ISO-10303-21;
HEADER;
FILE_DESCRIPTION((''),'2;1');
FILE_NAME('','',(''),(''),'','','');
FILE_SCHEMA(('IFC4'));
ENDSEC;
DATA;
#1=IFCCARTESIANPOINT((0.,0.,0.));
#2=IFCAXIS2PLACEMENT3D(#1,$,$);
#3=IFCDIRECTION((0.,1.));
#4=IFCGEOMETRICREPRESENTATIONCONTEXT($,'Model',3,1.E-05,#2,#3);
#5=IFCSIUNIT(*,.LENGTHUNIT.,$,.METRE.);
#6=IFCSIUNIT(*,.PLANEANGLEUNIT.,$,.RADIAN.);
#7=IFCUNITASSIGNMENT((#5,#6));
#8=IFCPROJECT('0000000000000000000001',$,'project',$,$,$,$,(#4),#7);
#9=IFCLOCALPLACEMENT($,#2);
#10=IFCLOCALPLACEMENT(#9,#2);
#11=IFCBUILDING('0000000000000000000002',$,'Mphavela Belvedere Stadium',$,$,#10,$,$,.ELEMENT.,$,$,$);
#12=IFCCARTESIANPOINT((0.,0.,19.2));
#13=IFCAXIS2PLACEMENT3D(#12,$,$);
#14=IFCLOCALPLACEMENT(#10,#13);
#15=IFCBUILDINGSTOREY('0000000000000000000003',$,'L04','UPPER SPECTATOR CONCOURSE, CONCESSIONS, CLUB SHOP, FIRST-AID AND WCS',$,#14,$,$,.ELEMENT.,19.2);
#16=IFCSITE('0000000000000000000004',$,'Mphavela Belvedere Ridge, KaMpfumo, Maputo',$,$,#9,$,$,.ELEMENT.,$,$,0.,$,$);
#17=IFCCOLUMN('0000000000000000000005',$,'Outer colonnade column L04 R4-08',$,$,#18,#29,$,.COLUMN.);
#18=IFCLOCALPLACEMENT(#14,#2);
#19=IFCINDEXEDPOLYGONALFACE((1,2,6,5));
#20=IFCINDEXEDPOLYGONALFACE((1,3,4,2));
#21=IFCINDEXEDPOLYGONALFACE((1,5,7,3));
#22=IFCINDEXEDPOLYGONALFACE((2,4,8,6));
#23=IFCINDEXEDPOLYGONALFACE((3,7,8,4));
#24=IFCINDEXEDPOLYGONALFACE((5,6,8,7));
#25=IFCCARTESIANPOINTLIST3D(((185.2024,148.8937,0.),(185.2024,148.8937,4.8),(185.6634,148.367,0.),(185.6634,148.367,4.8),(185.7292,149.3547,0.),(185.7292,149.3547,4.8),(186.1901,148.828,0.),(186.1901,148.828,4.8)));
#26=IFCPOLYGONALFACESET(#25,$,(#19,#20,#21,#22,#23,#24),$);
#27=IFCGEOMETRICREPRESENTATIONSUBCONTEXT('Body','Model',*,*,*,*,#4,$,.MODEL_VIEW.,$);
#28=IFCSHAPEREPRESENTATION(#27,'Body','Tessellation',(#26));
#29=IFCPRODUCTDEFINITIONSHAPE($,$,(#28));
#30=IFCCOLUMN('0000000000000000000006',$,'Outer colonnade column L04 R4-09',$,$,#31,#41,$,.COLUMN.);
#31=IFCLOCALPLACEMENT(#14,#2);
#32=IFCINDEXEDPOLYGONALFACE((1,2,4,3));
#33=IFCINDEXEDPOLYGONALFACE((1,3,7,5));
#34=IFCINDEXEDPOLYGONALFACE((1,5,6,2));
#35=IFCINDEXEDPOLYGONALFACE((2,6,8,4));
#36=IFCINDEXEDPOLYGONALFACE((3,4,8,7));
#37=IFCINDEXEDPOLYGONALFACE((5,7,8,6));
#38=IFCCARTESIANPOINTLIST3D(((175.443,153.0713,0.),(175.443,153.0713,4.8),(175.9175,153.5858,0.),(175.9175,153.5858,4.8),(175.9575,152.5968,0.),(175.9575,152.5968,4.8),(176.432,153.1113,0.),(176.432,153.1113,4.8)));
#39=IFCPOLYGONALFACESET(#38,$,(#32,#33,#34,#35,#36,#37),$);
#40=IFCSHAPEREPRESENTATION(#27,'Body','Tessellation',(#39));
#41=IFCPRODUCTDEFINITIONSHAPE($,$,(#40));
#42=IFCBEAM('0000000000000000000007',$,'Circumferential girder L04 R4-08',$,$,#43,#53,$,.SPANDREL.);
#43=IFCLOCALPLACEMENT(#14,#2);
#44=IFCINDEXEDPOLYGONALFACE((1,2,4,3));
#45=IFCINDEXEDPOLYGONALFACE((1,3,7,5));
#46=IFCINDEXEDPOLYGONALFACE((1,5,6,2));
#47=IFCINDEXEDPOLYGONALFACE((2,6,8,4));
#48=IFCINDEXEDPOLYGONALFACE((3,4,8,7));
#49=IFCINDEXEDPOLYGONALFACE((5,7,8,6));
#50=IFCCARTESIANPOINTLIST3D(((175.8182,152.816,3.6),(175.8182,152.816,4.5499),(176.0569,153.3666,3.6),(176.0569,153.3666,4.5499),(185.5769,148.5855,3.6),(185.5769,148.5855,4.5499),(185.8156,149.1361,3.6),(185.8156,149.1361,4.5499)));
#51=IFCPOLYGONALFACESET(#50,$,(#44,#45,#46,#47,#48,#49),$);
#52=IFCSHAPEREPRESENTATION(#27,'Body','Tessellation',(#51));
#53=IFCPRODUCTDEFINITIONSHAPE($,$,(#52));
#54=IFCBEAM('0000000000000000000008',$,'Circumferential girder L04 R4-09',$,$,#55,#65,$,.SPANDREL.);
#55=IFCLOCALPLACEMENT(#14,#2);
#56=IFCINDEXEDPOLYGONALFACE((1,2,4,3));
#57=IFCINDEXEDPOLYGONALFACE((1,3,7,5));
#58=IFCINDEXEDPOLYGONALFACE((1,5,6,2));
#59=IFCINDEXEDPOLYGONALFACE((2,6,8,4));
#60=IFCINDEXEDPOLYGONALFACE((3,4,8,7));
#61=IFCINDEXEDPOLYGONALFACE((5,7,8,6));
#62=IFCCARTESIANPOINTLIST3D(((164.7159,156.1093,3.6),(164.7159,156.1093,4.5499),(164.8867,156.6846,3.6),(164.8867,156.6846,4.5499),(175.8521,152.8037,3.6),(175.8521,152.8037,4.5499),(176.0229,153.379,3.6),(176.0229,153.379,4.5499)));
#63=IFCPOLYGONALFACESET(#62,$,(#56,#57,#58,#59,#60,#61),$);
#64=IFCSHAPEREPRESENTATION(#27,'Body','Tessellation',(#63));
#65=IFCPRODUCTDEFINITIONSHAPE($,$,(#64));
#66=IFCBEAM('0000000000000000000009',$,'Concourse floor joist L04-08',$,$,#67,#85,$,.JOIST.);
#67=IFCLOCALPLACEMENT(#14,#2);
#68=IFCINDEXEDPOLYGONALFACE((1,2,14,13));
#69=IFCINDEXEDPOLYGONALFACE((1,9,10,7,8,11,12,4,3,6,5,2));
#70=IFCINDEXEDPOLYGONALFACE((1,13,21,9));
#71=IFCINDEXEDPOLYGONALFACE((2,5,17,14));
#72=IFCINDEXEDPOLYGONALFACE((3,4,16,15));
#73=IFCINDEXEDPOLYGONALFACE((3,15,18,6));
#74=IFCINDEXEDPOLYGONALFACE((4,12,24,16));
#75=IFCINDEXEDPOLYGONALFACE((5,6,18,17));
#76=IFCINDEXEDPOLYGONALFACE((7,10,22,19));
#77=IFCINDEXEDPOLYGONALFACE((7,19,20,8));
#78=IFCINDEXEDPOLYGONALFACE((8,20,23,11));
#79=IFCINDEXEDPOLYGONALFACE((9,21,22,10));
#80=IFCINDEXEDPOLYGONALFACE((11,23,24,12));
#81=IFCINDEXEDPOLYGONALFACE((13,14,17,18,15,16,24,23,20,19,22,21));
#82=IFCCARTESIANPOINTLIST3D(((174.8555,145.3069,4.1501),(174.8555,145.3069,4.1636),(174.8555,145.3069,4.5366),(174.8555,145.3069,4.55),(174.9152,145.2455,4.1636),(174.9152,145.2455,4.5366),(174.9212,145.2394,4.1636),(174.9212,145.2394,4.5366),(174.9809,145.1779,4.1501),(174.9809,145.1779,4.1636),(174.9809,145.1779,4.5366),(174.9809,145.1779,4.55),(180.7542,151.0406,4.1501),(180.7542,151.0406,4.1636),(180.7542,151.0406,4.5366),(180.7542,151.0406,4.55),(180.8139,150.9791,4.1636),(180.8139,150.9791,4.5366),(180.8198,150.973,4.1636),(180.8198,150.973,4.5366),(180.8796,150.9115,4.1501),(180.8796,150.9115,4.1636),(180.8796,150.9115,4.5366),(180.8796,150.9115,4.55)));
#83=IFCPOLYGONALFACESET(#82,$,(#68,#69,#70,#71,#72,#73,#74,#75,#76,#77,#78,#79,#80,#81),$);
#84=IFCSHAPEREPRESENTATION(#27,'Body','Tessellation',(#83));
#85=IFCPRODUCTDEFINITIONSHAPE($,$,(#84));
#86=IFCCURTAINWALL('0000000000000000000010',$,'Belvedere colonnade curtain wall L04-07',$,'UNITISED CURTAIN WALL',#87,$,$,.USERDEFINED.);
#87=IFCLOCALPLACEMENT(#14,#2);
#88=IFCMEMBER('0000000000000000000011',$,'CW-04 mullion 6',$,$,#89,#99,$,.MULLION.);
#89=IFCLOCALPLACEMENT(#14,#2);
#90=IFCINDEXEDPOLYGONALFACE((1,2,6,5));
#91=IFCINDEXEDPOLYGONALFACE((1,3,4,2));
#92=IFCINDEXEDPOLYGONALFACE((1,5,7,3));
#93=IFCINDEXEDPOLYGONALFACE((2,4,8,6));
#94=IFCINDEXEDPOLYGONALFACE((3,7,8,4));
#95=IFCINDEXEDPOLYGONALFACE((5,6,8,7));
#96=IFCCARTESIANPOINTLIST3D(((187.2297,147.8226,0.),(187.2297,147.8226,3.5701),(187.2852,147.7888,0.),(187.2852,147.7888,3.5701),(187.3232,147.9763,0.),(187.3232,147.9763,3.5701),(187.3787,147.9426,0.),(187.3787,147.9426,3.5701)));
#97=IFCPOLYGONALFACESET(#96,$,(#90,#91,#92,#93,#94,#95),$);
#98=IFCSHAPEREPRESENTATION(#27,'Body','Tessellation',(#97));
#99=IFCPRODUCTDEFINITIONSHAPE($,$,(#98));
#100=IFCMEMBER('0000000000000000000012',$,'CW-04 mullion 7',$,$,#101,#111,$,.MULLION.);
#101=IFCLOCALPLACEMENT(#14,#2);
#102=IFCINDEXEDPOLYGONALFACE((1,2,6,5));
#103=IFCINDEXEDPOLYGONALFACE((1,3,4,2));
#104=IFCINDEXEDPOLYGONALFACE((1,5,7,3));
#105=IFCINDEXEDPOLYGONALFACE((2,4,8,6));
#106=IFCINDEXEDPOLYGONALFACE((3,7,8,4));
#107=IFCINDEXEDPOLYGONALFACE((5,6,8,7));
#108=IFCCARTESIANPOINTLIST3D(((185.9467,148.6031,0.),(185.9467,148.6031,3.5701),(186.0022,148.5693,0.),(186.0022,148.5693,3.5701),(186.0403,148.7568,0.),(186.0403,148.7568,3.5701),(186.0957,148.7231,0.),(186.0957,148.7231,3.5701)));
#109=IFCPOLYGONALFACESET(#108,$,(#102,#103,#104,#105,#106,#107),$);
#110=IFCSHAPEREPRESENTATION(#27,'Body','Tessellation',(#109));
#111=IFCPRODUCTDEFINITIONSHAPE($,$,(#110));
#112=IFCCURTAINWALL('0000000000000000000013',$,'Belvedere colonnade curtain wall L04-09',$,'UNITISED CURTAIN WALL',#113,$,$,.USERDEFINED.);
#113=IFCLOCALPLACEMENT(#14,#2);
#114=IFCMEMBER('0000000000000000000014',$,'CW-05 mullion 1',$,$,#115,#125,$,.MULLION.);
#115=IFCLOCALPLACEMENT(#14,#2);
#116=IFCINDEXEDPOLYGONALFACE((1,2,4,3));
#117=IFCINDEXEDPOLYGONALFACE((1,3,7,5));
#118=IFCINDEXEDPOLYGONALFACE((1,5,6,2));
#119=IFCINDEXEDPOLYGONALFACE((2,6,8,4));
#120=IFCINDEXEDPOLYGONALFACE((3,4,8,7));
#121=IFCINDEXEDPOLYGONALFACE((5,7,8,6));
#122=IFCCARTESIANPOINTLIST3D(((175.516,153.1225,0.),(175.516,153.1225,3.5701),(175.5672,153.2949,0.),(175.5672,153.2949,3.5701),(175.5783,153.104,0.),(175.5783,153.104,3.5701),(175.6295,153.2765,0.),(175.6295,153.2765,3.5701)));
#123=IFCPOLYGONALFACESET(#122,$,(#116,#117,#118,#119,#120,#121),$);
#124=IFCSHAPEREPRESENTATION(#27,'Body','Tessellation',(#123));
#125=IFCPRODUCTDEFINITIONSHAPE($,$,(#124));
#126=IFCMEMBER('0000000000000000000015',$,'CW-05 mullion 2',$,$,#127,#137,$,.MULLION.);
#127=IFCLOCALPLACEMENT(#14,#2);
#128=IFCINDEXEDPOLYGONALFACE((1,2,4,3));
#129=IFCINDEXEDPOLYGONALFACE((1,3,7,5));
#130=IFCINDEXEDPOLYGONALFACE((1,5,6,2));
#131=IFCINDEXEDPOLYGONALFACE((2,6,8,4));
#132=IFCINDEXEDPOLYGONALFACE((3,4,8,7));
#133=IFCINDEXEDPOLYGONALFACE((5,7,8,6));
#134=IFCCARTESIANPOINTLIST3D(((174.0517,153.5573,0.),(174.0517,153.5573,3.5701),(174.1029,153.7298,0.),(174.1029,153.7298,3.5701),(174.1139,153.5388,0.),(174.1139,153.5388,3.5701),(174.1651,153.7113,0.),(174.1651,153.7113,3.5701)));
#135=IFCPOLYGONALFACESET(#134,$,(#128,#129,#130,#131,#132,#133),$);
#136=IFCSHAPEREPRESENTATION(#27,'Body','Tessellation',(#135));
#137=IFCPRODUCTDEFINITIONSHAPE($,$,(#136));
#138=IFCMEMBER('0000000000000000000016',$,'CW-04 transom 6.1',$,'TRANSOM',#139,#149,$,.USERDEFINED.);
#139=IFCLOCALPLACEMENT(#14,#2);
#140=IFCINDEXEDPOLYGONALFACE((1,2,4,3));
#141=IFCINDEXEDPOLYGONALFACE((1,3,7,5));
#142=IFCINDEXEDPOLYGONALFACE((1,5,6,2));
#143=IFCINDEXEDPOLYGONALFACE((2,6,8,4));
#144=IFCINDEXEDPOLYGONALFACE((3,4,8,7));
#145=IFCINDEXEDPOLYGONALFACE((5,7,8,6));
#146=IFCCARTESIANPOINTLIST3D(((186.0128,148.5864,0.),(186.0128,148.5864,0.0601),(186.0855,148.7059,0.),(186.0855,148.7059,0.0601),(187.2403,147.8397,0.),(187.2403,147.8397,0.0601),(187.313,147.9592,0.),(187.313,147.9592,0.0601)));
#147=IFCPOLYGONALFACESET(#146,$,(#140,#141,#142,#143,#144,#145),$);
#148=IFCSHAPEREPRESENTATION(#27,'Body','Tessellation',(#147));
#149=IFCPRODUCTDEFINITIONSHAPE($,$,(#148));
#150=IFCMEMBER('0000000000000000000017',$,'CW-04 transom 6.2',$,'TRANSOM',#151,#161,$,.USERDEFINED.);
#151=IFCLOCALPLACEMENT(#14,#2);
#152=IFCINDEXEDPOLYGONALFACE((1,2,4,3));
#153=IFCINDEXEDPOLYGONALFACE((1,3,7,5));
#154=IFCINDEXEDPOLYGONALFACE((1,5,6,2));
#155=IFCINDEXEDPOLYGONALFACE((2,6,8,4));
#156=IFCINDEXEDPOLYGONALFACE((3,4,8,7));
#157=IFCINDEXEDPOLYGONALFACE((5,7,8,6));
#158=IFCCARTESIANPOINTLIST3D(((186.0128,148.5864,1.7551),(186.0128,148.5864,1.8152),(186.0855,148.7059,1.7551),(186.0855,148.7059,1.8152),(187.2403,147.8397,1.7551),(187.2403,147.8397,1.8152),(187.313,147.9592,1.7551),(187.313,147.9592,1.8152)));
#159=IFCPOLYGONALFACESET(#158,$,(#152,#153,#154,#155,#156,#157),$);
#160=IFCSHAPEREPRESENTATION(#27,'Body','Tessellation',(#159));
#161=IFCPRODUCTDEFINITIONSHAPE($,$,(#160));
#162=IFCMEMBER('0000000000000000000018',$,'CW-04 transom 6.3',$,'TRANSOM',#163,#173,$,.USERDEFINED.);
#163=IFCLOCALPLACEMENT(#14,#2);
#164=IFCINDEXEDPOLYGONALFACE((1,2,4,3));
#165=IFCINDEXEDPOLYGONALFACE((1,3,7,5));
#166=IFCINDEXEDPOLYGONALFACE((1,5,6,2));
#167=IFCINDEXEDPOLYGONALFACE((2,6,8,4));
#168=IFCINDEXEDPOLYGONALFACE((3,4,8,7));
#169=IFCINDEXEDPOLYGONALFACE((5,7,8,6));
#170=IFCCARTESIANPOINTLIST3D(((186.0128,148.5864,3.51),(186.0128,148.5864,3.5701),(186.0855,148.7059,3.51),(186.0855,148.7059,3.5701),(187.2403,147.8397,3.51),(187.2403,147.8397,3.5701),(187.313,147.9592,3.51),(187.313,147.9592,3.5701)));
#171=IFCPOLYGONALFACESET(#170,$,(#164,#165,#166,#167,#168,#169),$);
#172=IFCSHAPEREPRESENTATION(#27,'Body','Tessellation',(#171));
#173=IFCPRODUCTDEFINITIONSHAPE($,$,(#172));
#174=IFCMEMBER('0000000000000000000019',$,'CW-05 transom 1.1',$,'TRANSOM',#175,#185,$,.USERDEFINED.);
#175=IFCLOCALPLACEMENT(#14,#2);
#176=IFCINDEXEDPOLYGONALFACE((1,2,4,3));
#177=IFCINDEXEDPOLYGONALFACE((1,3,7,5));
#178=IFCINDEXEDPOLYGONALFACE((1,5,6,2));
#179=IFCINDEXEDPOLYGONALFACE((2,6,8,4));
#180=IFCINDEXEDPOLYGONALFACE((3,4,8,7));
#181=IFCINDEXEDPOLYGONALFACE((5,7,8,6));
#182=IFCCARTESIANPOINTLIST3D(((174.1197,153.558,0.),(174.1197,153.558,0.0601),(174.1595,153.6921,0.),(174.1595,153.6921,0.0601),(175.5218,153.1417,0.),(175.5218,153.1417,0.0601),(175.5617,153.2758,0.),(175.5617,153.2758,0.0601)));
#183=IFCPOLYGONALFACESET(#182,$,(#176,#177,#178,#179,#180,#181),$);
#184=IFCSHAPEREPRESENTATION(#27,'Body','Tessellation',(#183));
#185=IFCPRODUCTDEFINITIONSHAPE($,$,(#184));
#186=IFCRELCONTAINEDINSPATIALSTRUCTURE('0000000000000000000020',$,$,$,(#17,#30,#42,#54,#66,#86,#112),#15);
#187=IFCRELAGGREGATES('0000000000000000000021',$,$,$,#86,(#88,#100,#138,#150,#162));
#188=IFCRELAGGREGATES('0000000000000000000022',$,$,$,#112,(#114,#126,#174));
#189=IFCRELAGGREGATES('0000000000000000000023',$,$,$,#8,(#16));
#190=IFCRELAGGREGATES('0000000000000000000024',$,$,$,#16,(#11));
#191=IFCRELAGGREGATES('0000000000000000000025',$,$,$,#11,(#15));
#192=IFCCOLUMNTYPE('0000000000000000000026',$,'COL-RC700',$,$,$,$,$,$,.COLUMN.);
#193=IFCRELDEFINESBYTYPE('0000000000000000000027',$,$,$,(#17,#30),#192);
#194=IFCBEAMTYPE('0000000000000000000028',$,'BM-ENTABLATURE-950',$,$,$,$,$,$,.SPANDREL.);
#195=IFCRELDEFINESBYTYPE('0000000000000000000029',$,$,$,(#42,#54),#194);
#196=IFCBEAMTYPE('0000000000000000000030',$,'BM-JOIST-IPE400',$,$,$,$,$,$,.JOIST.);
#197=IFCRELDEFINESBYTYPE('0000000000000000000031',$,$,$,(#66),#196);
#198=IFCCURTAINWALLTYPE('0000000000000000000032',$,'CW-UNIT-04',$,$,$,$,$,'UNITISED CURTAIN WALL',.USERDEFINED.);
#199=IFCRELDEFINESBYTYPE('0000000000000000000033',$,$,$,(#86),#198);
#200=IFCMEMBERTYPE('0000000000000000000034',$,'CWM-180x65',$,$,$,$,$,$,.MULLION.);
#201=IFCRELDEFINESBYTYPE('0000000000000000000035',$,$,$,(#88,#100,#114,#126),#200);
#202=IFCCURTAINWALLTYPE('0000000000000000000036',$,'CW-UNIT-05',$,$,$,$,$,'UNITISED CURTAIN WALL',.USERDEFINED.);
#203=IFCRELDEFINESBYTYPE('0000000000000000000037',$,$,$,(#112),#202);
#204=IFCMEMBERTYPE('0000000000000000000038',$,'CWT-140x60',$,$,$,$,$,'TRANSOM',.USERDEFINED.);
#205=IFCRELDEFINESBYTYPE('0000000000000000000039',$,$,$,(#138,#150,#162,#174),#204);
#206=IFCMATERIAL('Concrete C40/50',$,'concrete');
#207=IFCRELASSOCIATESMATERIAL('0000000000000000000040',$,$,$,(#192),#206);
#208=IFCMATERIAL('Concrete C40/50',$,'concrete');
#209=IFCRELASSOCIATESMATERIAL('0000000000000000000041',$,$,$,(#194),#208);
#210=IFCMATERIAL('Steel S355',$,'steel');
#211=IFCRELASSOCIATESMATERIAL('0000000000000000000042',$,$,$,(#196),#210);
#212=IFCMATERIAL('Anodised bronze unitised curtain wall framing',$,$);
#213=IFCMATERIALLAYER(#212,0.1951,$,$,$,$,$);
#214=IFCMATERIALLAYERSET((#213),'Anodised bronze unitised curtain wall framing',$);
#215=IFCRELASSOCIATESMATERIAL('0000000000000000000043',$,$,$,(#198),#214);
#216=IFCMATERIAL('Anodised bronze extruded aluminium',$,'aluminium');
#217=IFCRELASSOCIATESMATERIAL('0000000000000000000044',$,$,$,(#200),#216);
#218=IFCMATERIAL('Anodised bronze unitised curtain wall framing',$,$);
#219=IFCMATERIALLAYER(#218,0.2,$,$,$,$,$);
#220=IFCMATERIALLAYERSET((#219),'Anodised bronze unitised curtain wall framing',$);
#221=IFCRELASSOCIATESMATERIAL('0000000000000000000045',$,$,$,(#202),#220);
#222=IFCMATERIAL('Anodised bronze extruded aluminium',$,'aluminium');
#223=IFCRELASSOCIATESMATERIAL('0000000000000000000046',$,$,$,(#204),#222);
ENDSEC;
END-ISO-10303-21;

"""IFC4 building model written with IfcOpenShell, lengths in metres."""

from ifc_helpers import new_model, si_unit, direction, frame, origin, origin_2d, place, context, subcontext, project, spatial, rectangle, i_section, extrude, material, layer, layer_set, material_profile, profile_set, type_object, element, aggregate, save


model = new_model("IFC4")

# Units and contexts
model_context = context("Model", 3, precision=1e-05, world=origin(), true_north=direction((0.0, 1.0)))
body_context = subcontext(model_context, "Body", "Model", "MODEL_VIEW")
ifc_project = project(units=[si_unit("LENGTHUNIT", "METRE"), si_unit("PLANEANGLEUNIT", "RADIAN")], contexts=[model_context])

# Site, building, storey
site_placement = place(None, origin())
site = spatial("IfcSite", under=ifc_project, at=site_placement, Name="Mphavela Belvedere Ridge, KaMpfumo, Maputo", CompositionType="ELEMENT", RefElevation=0.0)
building_placement = place(site_placement, origin())
building = spatial("IfcBuilding", under=site, at=building_placement, Name="Mphavela Belvedere Stadium", CompositionType="ELEMENT")
storey_placement = place(building_placement, frame((0.0, 0.0, 19.2)))
storey = spatial("IfcBuildingStorey", under=building, at=storey_placement, Name="L04", Description="UPPER SPECTATOR CONCOURSE, CONCESSIONS, CLUB SHOP, FIRST-AID AND WCS", CompositionType="ELEMENT", Elevation=19.2)

# Columns
ifc_material_1 = material(Name="Concrete C40/50", Category="concrete")
ifc_material_profile_1 = material_profile(ifc_material_1, rectangle(XDim=0.7, YDim=0.7, at=origin_2d()), Name="RC 700x700")
ifc_profile_set_1 = profile_set([ifc_material_profile_1], Name="Concrete C40/50")
column_type = type_object("IfcColumnType", Name="COL-RC700", PredefinedType="COLUMN", material=ifc_profile_set_1)
for number, where, z_axis, x_axis, name in (
    (1, (185.6963, 148.8608, 0.0), (0.0, 0.0, 1.0), (0.75253, 0.658558, 0.0), "Outer colonnade column L04 R4-08"),
    (2, (175.9375, 153.0913, 0.0), (0.0, 0.0, 1.0), (0.677903, 0.735151, 0.0), "Outer colonnade column L04 R4-09"),
):
    element("IfcColumn", number, at=place(storey_placement, frame(where, z_axis=z_axis, x_axis=x_axis)), inside=storey, type_object=column_type, Name=name, PredefinedType="COLUMN", context=body_context, shape_type="SweptSolid", body=[
        extrude(rectangle(XDim=0.7, YDim=0.7, at=origin_2d()), origin(), (0.0, 0.0, 1.0), 4.8),
    ])

# Beams
ifc_material_2 = material(Name="Concrete C40/50", Category="concrete")
ifc_material_profile_2 = material_profile(ifc_material_2, rectangle(XDim=0.6001, YDim=0.95, at=origin_2d()), Name="RC 600x950")
ifc_profile_set_2 = profile_set([ifc_material_profile_2], Name="Concrete C40/50")
beam_type_1 = type_object("IfcBeamType", Name="BM-ENTABLATURE-950", PredefinedType="SPANDREL", material=ifc_profile_set_2)
beam_1_placement = place(storey_placement, frame((185.6963, 148.8608, 4.075), z_axis=(-0.917499, 0.397739, 0.0), x_axis=(-0.397739, -0.917499, 0.0)))
element("IfcBeam", 3, at=beam_1_placement, inside=storey, type_object=beam_type_1, Name="Circumferential girder L04 R4-08", PredefinedType="SPANDREL", context=body_context, shape_type="SweptSolid", body=[
    extrude(rectangle(XDim=0.6001, YDim=0.95, at=origin_2d()), origin(), (0.0, 0.0, 1.0), 10.6362),
])
beam_2_placement = place(storey_placement, frame((175.9375, 153.0913, 4.075), z_axis=(-0.958656, 0.284566, 0.0), x_axis=(-0.284566, -0.958656, 0.0)))
element("IfcBeam", 4, at=beam_2_placement, inside=storey, type_object=beam_type_1, Name="Circumferential girder L04 R4-09", PredefinedType="SPANDREL", context=body_context, shape_type="SweptSolid", body=[
    extrude(rectangle(XDim=0.6001, YDim=0.95, at=origin_2d()), origin(), (0.0, 0.0, 1.0), 11.6165),
])
ifc_material_3 = material(Name="Steel S355", Category="steel")
ifc_material_profile_3 = material_profile(ifc_material_3, i_section(OverallWidth=0.1799, OverallDepth=0.3999, WebThickness=0.0085, FlangeThickness=0.0134, at=origin_2d()), Name="IPE 400")
ifc_profile_set_3 = profile_set([ifc_material_profile_3], Name="Steel S355")
beam_type_2 = type_object("IfcBeamType", Name="BM-JOIST-IPE400", PredefinedType="JOIST", material=ifc_profile_set_3)
beam_3_placement = place(storey_placement, frame((174.9182, 145.2424, 4.3501), z_axis=(0.717067, 0.697004, 0.0), x_axis=(-0.697004, 0.717067, 0.0)))
element("IfcBeam", 5, at=beam_3_placement, inside=storey, type_object=beam_type_2, Name="Concourse floor joist L04-08", PredefinedType="JOIST", context=body_context, shape_type="SweptSolid", body=[
    extrude(i_section(OverallWidth=0.1799, OverallDepth=0.3999, WebThickness=0.0085, FlangeThickness=0.0134, at=origin_2d()), origin(), (0.0, 0.0, 1.0), 8.2261),
])

# Curtain walls, members
ifc_material_4 = material(Name="Anodised bronze unitised curtain wall framing")
ifc_layer_1 = layer(ifc_material_4, 0.1951)
ifc_layer_set_1 = layer_set([ifc_layer_1], Name="Anodised bronze unitised curtain wall framing")
curtain_wall_type_1 = type_object("IfcCurtainWallType", Name="CW-UNIT-04", ElementType="UNITISED CURTAIN WALL", PredefinedType="USERDEFINED", material=ifc_layer_set_1)
curtain_wall_1_placement = place(storey_placement, origin())
curtain_wall_1 = element("IfcCurtainWall", 6, at=curtain_wall_1_placement, inside=storey, type_object=curtain_wall_type_1, Name="Belvedere colonnade curtain wall L04-07", ObjectType="UNITISED CURTAIN WALL", PredefinedType="USERDEFINED")
ifc_material_5 = material(Name="Anodised bronze extruded aluminium", Category="aluminium")
ifc_material_profile_4 = material_profile(ifc_material_5, rectangle(XDim=0.1799, YDim=0.0649, at=origin_2d()), Name="CW-MUL 180x65")
ifc_profile_set_4 = profile_set([ifc_material_profile_4], Name="Anodised bronze extruded aluminium")
member_type_1 = type_object("IfcMemberType", Name="CWM-180x65", PredefinedType="MULLION", material=ifc_profile_set_4)
member_1_placement = place(storey_placement, frame((187.3042, 147.8826, 0.0), z_axis=(0.0, 0.0, 1.0), x_axis=(-0.519735, -0.854327, 0.0)))
member_1 = element("IfcMember", 7, at=member_1_placement, type_object=member_type_1, Name="CW-04 mullion 6", PredefinedType="MULLION", context=body_context, shape_type="SweptSolid", body=[
    extrude(rectangle(XDim=0.1799, YDim=0.0649, at=origin_2d()), origin(), (0.0, 0.0, 1.0), 3.5701),
])
member_2_placement = place(storey_placement, frame((186.0212, 148.6631, 0.0), z_axis=(0.0, 0.0, 1.0), x_axis=(-0.519735, -0.854327, 0.0)))
member_2 = element("IfcMember", 8, at=member_2_placement, type_object=member_type_1, Name="CW-04 mullion 7", PredefinedType="MULLION", context=body_context, shape_type="SweptSolid", body=[
    extrude(rectangle(XDim=0.1799, YDim=0.0649, at=origin_2d()), origin(), (0.0, 0.0, 1.0), 3.5701),
])
ifc_material_6 = material(Name="Anodised bronze unitised curtain wall framing")
ifc_layer_2 = layer(ifc_material_6, 0.2)
ifc_layer_set_2 = layer_set([ifc_layer_2], Name="Anodised bronze unitised curtain wall framing")
curtain_wall_type_2 = type_object("IfcCurtainWallType", Name="CW-UNIT-05", ElementType="UNITISED CURTAIN WALL", PredefinedType="USERDEFINED", material=ifc_layer_set_2)
curtain_wall_2_placement = place(storey_placement, origin())
curtain_wall_2 = element("IfcCurtainWall", 9, at=curtain_wall_2_placement, inside=storey, type_object=curtain_wall_type_2, Name="Belvedere colonnade curtain wall L04-09", ObjectType="UNITISED CURTAIN WALL", PredefinedType="USERDEFINED")
member_3_placement = place(storey_placement, frame((175.5728, 153.1995, 0.0), z_axis=(0.0, 0.0, 1.0), x_axis=(-0.284561, -0.958658, 0.0)))
member_3 = element("IfcMember", 10, at=member_3_placement, type_object=member_type_1, Name="CW-05 mullion 1", PredefinedType="MULLION", context=body_context, shape_type="SweptSolid", body=[
    extrude(rectangle(XDim=0.1799, YDim=0.0649, at=origin_2d()), origin(), (0.0, 0.0, 1.0), 3.5701),
])
member_4_placement = place(storey_placement, frame((174.1084, 153.6343, 0.0), z_axis=(0.0, 0.0, 1.0), x_axis=(-0.284561, -0.958658, 0.0)))
member_4 = element("IfcMember", 11, at=member_4_placement, type_object=member_type_1, Name="CW-05 mullion 2", PredefinedType="MULLION", context=body_context, shape_type="SweptSolid", body=[
    extrude(rectangle(XDim=0.1799, YDim=0.0649, at=origin_2d()), origin(), (0.0, 0.0, 1.0), 3.5701),
])

# Members
ifc_material_7 = material(Name="Anodised bronze extruded aluminium", Category="aluminium")
ifc_material_profile_5 = material_profile(ifc_material_7, rectangle(XDim=0.1399, YDim=0.0601, at=origin_2d()), Name="CW-TRN 140x60")
ifc_profile_set_5 = profile_set([ifc_material_profile_5], Name="Anodised bronze extruded aluminium")
member_type_2 = type_object("IfcMemberType", Name="CWT-140x60", ElementType="TRANSOM", PredefinedType="USERDEFINED", material=ifc_profile_set_5)
member_5_placement = place(storey_placement, frame((187.2766, 147.8994, 0.03), z_axis=(-0.854313, 0.519758, 0.0), x_axis=(-0.519758, -0.854313, 0.0)))
member_5 = element("IfcMember", 12, at=member_5_placement, type_object=member_type_2, Name="CW-04 transom 6.1", ObjectType="TRANSOM", PredefinedType="USERDEFINED", context=body_context, shape_type="SweptSolid", body=[
    extrude(rectangle(XDim=0.1399, YDim=0.0601, at=origin_2d()), origin(), (0.0, 0.0, 1.0), 1.4368),
])
member_6_placement = place(storey_placement, frame((187.2766, 147.8994, 1.7852), z_axis=(-0.854313, 0.519758, 0.0), x_axis=(-0.519758, -0.854313, 0.0)))
member_6 = element("IfcMember", 13, at=member_6_placement, type_object=member_type_2, Name="CW-04 transom 6.2", ObjectType="TRANSOM", PredefinedType="USERDEFINED", context=body_context, shape_type="SweptSolid", body=[
    extrude(rectangle(XDim=0.1399, YDim=0.0601, at=origin_2d()), origin(), (0.0, 0.0, 1.0), 1.4368),
])
member_7_placement = place(storey_placement, frame((187.2766, 147.8994, 3.54), z_axis=(-0.854313, 0.519758, 0.0), x_axis=(-0.519758, -0.854313, 0.0)))
member_7 = element("IfcMember", 14, at=member_7_placement, type_object=member_type_2, Name="CW-04 transom 6.3", ObjectType="TRANSOM", PredefinedType="USERDEFINED", context=body_context, shape_type="SweptSolid", body=[
    extrude(rectangle(XDim=0.1399, YDim=0.0601, at=origin_2d()), origin(), (0.0, 0.0, 1.0), 1.4368),
])
member_8_placement = place(storey_placement, frame((175.5417, 153.2087, 0.03), z_axis=(-0.958645, 0.284605, 0.0), x_axis=(-0.284605, -0.958645, 0.0)))
member_8 = element("IfcMember", 15, at=member_8_placement, type_object=member_type_2, Name="CW-05 transom 1.1", ObjectType="TRANSOM", PredefinedType="USERDEFINED", context=body_context, shape_type="SweptSolid", body=[
    extrude(rectangle(XDim=0.1399, YDim=0.0601, at=origin_2d()), origin(), (0.0, 0.0, 1.0), 1.4626),
])

aggregate(curtain_wall_1, [member_1, member_2, member_5, member_6, member_7])
aggregate(curtain_wall_2, [member_3, member_4, member_8])

save(model, "model.ifc")
